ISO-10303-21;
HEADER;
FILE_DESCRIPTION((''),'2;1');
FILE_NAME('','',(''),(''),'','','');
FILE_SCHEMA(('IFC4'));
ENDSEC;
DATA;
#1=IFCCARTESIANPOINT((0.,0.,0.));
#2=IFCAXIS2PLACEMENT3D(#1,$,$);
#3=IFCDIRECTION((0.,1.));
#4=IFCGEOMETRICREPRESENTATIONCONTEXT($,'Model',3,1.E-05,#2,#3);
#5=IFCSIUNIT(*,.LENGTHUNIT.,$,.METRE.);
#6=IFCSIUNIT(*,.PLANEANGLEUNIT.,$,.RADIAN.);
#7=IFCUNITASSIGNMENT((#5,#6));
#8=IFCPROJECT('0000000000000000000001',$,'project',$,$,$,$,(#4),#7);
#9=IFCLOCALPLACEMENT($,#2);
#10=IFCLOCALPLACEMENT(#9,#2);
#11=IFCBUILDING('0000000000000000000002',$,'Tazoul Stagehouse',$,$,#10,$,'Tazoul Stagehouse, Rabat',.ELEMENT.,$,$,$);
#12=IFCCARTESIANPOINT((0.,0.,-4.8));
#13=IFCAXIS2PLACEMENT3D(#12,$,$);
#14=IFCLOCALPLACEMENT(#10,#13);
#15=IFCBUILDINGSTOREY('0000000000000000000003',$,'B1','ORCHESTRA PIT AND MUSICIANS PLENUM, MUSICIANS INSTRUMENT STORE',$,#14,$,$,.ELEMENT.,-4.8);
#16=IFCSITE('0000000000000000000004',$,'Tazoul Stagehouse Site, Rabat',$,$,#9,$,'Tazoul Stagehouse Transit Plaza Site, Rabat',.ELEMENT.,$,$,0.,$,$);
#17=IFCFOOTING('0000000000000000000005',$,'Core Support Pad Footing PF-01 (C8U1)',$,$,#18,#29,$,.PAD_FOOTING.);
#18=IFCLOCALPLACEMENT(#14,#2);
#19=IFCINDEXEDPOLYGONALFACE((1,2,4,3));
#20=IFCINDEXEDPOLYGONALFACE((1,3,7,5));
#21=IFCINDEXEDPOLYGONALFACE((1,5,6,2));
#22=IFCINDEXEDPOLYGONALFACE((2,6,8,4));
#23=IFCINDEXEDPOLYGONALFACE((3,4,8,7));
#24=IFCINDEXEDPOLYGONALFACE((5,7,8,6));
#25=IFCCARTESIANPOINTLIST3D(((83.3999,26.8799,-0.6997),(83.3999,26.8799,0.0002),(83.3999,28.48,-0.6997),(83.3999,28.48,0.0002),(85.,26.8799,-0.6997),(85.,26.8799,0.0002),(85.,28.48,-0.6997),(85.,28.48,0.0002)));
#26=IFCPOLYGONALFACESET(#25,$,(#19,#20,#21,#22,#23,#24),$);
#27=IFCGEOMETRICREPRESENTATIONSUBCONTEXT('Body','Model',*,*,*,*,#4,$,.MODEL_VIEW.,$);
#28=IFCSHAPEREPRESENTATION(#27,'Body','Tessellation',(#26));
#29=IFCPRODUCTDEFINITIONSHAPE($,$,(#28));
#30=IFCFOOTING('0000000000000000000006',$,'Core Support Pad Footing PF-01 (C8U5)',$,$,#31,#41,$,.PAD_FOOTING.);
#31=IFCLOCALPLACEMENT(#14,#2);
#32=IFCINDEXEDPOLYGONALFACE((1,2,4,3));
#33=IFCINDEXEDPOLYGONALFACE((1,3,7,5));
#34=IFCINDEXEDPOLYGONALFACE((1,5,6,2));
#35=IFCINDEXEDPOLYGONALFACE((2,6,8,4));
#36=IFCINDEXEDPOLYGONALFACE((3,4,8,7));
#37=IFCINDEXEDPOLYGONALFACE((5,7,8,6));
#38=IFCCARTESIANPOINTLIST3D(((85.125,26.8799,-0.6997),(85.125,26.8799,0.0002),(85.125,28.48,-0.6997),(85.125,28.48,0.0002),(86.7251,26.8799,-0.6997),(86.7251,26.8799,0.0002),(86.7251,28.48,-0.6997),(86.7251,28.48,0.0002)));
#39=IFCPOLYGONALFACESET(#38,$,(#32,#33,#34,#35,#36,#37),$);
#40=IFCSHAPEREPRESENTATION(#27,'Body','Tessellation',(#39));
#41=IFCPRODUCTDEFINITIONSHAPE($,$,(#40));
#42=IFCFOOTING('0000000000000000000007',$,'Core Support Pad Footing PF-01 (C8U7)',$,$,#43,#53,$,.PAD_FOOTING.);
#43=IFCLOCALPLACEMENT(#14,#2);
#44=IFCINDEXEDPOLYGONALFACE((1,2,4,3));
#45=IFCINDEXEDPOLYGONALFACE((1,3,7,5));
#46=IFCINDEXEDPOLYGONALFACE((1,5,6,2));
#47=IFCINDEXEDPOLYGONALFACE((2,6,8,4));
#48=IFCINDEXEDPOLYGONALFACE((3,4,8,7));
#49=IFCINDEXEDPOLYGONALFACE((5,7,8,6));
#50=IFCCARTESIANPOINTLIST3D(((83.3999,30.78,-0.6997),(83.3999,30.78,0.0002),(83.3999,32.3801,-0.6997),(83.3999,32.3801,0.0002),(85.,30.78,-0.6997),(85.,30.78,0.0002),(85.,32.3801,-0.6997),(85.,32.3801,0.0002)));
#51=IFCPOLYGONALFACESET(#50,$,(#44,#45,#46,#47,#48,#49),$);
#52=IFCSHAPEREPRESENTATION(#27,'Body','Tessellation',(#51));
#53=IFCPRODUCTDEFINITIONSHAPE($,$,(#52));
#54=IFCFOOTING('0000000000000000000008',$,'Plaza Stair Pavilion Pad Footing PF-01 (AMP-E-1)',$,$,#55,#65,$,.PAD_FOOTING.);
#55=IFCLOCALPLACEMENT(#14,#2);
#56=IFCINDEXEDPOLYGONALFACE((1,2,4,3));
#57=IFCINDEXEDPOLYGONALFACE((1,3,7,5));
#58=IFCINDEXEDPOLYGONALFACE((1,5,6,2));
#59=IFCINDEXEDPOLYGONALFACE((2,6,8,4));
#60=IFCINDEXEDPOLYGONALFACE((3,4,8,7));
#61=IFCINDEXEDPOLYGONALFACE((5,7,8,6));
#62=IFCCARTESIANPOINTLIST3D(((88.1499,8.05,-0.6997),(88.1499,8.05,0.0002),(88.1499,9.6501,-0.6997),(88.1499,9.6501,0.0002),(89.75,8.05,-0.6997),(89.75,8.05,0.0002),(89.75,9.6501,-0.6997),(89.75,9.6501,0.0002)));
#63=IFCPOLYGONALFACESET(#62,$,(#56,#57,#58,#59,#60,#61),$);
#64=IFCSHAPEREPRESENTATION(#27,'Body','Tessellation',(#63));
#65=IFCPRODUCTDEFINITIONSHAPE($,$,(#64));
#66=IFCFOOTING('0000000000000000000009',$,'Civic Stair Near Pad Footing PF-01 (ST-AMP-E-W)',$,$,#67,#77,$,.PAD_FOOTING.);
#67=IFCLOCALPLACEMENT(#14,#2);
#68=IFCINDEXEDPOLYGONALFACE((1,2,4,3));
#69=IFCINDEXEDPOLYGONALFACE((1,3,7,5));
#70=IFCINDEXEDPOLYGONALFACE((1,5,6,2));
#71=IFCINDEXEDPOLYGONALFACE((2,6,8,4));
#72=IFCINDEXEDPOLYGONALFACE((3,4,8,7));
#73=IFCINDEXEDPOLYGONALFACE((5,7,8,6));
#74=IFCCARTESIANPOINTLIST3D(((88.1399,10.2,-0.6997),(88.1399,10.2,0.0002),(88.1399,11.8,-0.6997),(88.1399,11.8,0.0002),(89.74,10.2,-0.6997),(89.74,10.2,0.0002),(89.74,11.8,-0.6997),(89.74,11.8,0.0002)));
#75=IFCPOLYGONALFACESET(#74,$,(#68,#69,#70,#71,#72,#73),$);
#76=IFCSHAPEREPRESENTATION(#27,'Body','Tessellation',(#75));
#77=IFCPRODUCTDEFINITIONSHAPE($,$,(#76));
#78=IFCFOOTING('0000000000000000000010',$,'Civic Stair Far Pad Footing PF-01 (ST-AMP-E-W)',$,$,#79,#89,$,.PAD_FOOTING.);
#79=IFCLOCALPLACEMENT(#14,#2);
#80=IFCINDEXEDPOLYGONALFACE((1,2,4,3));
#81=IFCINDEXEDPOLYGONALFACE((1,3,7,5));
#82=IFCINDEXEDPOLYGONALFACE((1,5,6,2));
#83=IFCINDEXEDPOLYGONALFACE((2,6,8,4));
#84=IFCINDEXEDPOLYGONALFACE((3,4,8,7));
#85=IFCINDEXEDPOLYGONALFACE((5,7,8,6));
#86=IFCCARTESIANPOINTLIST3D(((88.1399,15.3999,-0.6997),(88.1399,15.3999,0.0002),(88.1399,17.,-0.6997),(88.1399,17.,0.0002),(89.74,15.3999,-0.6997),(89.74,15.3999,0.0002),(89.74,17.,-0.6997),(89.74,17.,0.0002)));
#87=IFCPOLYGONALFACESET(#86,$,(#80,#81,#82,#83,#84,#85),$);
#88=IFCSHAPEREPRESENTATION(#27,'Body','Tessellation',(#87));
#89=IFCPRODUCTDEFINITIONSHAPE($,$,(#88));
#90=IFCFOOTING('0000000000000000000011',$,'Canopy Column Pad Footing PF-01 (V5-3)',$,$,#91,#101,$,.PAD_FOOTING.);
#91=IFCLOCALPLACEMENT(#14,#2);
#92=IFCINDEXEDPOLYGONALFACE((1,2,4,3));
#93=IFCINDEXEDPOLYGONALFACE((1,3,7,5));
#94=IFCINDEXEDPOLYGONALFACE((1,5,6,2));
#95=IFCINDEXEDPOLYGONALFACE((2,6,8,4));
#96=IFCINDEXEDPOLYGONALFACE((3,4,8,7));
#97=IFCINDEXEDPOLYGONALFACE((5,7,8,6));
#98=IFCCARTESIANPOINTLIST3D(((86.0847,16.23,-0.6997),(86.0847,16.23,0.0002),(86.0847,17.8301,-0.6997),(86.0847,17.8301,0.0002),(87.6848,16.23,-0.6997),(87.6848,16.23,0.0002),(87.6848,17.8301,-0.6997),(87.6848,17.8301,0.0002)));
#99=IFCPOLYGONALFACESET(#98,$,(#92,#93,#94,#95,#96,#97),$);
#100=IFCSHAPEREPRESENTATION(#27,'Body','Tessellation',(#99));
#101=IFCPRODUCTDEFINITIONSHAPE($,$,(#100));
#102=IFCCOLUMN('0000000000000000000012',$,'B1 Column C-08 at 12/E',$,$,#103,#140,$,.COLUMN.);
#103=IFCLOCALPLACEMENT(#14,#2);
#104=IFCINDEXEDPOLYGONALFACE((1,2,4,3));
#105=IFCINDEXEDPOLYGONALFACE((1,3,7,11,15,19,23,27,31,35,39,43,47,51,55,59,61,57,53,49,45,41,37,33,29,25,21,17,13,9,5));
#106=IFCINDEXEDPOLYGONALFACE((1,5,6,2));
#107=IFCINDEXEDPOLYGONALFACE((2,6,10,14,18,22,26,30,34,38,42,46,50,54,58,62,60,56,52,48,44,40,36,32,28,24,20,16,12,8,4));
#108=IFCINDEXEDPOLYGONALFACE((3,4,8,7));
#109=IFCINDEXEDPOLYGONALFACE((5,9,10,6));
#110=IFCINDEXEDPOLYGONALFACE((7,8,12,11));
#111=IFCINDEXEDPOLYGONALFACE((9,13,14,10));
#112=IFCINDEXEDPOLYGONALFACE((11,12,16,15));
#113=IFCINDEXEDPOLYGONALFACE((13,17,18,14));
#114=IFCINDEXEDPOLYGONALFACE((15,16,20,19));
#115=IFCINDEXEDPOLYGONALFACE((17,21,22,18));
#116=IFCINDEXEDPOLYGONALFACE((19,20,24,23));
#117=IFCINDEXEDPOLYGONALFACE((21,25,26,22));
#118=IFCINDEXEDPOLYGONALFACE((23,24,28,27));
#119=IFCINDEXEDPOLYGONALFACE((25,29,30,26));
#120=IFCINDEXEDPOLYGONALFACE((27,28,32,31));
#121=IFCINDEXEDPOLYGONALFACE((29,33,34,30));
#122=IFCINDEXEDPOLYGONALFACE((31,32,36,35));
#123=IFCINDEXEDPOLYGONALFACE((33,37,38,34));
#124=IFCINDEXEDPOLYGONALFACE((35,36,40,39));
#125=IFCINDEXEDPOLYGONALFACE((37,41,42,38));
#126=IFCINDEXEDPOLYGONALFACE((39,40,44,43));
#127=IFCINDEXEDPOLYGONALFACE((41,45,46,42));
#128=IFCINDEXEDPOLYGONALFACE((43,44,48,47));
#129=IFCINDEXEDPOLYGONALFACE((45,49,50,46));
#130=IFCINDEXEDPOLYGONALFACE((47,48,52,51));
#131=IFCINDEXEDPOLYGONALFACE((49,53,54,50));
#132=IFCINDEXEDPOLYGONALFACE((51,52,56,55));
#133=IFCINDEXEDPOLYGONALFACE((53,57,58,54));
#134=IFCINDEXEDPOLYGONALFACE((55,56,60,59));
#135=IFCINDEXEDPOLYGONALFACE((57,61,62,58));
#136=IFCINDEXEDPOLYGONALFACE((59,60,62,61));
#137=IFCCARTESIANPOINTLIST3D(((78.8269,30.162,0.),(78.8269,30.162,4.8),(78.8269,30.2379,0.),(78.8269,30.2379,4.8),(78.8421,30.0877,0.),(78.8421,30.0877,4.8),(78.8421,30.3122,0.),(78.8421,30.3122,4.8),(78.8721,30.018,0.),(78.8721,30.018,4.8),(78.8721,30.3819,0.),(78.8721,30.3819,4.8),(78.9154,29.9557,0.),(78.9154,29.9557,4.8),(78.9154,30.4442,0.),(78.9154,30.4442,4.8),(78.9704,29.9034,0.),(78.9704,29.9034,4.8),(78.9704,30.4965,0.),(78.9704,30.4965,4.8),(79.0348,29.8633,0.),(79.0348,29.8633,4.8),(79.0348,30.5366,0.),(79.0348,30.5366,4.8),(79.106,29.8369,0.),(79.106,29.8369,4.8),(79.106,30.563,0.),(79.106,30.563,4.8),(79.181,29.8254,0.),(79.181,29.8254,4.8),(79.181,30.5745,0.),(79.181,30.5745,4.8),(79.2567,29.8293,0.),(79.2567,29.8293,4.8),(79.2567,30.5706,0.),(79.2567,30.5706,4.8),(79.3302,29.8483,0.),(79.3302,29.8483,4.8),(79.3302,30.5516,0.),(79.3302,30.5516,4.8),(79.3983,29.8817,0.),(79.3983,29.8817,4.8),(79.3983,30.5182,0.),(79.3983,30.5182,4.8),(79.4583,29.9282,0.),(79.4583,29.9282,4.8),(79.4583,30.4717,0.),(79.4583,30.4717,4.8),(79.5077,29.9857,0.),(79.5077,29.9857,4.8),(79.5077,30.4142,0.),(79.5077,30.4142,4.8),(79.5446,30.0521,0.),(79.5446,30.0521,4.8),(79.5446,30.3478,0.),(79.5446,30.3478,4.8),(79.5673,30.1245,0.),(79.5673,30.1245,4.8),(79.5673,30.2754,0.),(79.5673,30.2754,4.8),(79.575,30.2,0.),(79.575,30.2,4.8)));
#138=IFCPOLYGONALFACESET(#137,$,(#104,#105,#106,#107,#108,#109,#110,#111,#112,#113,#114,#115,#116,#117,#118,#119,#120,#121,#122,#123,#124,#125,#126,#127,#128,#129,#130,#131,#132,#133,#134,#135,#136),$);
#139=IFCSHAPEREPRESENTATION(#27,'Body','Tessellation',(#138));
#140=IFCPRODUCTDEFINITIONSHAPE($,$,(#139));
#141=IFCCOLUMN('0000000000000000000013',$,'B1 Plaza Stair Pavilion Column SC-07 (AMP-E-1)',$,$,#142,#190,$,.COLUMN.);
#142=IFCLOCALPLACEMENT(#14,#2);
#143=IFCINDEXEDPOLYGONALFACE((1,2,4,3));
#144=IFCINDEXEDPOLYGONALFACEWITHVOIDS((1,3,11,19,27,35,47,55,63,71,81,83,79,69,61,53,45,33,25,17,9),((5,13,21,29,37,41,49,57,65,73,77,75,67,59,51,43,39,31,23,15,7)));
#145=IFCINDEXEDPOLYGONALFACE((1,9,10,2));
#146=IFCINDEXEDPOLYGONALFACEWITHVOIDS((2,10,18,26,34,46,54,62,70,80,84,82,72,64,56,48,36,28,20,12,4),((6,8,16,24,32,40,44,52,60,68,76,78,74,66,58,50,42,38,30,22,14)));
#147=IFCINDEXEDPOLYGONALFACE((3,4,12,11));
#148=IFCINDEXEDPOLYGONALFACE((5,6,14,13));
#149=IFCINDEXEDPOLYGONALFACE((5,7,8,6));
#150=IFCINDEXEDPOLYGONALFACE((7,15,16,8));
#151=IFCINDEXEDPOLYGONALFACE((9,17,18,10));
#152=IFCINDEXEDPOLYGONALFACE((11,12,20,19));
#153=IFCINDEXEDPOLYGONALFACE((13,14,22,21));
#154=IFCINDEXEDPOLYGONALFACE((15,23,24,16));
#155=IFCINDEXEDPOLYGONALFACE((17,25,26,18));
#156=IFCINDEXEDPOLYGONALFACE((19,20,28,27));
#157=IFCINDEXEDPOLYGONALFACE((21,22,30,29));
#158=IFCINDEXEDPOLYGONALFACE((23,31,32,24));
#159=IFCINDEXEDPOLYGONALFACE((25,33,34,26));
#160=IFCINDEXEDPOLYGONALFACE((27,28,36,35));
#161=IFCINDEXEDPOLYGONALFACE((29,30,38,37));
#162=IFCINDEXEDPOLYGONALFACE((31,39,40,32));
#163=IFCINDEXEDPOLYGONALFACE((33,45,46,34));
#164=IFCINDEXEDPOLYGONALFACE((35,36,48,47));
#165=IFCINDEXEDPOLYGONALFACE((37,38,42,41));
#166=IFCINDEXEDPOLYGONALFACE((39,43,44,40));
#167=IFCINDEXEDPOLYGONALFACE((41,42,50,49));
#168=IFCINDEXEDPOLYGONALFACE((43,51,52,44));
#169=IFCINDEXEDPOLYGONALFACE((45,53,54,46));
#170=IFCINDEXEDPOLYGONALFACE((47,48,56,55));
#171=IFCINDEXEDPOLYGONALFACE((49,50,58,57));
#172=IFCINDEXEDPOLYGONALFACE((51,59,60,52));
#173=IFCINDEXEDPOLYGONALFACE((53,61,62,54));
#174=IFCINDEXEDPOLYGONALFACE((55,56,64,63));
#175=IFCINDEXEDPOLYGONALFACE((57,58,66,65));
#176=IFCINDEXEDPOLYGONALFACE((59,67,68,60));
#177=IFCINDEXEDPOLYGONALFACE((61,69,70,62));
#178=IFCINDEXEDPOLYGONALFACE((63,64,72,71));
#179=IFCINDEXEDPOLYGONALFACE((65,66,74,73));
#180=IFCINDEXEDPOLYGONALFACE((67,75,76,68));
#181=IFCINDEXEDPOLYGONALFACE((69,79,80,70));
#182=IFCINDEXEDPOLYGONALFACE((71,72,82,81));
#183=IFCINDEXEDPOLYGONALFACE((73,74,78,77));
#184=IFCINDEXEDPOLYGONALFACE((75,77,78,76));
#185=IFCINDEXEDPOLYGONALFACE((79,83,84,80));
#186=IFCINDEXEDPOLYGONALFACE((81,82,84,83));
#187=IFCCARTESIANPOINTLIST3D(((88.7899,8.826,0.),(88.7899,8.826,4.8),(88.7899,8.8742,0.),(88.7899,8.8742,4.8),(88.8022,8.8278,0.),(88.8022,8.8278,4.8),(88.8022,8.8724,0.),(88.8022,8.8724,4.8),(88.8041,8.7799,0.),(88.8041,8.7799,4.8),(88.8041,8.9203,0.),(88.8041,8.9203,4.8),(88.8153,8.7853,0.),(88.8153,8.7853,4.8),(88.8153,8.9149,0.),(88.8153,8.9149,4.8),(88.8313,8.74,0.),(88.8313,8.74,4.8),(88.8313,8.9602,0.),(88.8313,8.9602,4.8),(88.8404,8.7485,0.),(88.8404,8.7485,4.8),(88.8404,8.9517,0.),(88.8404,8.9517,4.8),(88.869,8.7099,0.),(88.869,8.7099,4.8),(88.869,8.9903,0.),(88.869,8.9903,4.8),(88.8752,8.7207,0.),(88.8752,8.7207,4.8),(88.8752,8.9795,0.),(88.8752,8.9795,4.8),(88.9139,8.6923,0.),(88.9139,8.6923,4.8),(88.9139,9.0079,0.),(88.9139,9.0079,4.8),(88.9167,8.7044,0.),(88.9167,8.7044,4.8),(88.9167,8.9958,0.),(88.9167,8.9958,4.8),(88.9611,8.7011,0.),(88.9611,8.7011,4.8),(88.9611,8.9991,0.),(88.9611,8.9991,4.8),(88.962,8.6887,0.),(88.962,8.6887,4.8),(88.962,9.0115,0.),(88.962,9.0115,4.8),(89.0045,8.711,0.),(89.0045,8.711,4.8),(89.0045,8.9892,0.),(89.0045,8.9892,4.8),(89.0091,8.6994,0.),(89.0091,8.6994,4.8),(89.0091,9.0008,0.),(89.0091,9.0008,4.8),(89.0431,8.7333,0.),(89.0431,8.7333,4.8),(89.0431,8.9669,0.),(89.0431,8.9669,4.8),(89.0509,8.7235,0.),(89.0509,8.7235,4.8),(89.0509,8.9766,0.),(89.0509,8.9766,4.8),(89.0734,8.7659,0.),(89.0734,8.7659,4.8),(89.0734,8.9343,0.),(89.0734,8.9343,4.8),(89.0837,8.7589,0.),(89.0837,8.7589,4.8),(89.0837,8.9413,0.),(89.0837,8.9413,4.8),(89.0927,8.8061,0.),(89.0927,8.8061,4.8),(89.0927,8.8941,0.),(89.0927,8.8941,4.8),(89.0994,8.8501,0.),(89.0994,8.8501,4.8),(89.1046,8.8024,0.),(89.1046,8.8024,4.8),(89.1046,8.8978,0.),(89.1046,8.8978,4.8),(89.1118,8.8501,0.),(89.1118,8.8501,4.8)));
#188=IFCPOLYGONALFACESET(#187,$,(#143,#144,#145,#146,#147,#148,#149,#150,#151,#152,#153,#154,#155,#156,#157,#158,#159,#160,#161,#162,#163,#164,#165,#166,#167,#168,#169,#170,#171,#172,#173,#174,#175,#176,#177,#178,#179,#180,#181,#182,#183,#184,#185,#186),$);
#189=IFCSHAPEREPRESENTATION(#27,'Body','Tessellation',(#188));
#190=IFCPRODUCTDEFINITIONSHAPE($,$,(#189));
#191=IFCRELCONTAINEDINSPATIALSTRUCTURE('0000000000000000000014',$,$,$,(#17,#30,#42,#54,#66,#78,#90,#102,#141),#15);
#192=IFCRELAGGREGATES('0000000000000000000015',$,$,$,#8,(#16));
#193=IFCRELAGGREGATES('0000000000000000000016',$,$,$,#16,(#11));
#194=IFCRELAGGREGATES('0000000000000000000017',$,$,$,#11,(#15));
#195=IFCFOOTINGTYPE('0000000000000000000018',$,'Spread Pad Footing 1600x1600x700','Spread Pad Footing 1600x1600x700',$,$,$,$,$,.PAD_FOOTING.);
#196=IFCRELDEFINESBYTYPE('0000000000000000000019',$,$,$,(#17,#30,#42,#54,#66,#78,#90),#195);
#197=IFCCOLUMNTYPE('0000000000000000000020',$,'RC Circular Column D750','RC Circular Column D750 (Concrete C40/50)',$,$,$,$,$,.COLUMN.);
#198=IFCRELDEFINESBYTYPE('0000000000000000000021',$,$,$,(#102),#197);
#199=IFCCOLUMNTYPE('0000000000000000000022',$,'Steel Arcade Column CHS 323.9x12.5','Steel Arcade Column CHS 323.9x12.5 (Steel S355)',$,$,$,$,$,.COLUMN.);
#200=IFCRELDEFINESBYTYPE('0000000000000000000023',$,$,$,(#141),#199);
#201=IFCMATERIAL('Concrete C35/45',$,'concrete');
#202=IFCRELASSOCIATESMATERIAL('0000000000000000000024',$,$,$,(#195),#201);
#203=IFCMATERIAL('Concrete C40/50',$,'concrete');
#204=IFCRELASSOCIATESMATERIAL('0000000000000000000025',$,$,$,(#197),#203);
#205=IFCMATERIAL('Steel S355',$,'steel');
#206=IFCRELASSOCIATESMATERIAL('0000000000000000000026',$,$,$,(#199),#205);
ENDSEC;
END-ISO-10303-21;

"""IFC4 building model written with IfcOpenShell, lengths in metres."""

from ifc_helpers import new_model, si_unit, direction, frame, origin, origin_2d, place, context, subcontext, project, spatial, rectangle, circle, hollow_circle, extrude, material, material_profile, profile_set, type_object, element, save


model = new_model("IFC4")

# Units and contexts
model_context = context("Model", 3, precision=1e-05, world=origin(), true_north=direction((0.0, 1.0)))
body_context = subcontext(model_context, "Body", "Model", "MODEL_VIEW")
ifc_project = project(units=[si_unit("LENGTHUNIT", "METRE"), si_unit("PLANEANGLEUNIT", "RADIAN")], contexts=[model_context])

# Site, building, storey
site_placement = place(None, origin())
site = spatial("IfcSite", under=ifc_project, at=site_placement, Name="Tazoul Stagehouse Site, Rabat", LongName="Tazoul Stagehouse Transit Plaza Site, Rabat", CompositionType="ELEMENT", RefElevation=0.0)
building_placement = place(site_placement, origin())
building = spatial("IfcBuilding", under=site, at=building_placement, Name="Tazoul Stagehouse", LongName="Tazoul Stagehouse, Rabat", CompositionType="ELEMENT")
storey_placement = place(building_placement, frame((0.0, 0.0, -4.8)))
storey = spatial("IfcBuildingStorey", under=building, at=storey_placement, Name="B1", Description="ORCHESTRA PIT AND MUSICIANS PLENUM, MUSICIANS INSTRUMENT STORE", CompositionType="ELEMENT", Elevation=-4.8)

# Shared definitions
ifc_material_1 = material(Name="Concrete C35/45", Category="concrete")

# Footings
footing_type_1 = type_object("IfcFootingType", Name="Spread Pad Footing 1600x1600x700", Description="Spread Pad Footing 1600x1600x700", PredefinedType="PAD_FOOTING", material=ifc_material_1)
for number, where, z_axis, x_axis, name in (
    (1, (84.2, 27.6799, -0.6997), (0.0, 0.0, 1.0), (1.0, 0.0, 0.0), "Core Support Pad Footing PF-01 (C8U1)"),
    (2, (85.925, 27.6799, -0.6997), (0.0, 0.0, 1.0), (1.0, 0.0, 0.0), "Core Support Pad Footing PF-01 (C8U5)"),
    (3, (84.2, 31.5801, -0.6997), (0.0, 0.0, 1.0), (1.0, 0.0, 0.0), "Core Support Pad Footing PF-01 (C8U7)"),
    (4, (88.95, 8.8501, -0.6997), (0.0, 0.0, 1.0), (1.0, 0.0, 0.0), "Plaza Stair Pavilion Pad Footing PF-01 (AMP-E-1)"),
    (5, (88.9399, 11.0, -0.6997), (0.0, 0.0, 1.0), (1.0, 0.0, 0.0), "Civic Stair Near Pad Footing PF-01 (ST-AMP-E-W)"),
    (6, (88.9399, 16.2, -0.6997), (0.0, 0.0, 1.0), (1.0, 0.0, 0.0), "Civic Stair Far Pad Footing PF-01 (ST-AMP-E-W)"),
    (7, (86.8848, 17.03, -0.6997), (0.0, 0.0, 1.0), (1.0, 0.0, 0.0), "Canopy Column Pad Footing PF-01 (V5-3)"),
):
    element("IfcFooting", number, at=place(storey_placement, frame(where, z_axis=z_axis, x_axis=x_axis)), inside=storey, type_object=footing_type_1, Name=name, PredefinedType="PAD_FOOTING", context=body_context, shape_type="SweptSolid", body=[
        extrude(rectangle(XDim=1.6001, YDim=1.6001, at=origin_2d()), origin(), (0.0, 0.0, 1.0), 0.7),
    ])

# Columns
ifc_material_2 = material(Name="Concrete C40/50", Category="concrete")
ifc_material_profile_1 = material_profile(ifc_material_2, circle(Radius=0.375, at=origin_2d()), Name="RC D750")
ifc_profile_set_1 = profile_set([ifc_material_profile_1], Name="Concrete C40/50")
column_type_1 = type_object("IfcColumnType", Name="RC Circular Column D750", Description="RC Circular Column D750 (Concrete C40/50)", PredefinedType="COLUMN", material=ifc_profile_set_1)
column_placement = place(storey_placement, frame((79.2, 30.2, 0.0), z_axis=(0.0, 0.0, 1.0), x_axis=(1.0, 0.0, 0.0)))
element("IfcColumn", 8, at=column_placement, inside=storey, type_object=column_type_1, Name="B1 Column C-08 at 12/E", PredefinedType="COLUMN", context=body_context, shape_type="SweptSolid", body=[
    extrude(circle(Radius=0.375, at=origin_2d()), origin(), (0.0, 0.0, 1.0), 4.8),
])
ifc_material_3 = material(Name="Steel S355", Category="steel")
ifc_material_profile_2 = material_profile(ifc_material_3, hollow_circle(Radius=0.1619, WallThickness=0.0125, at=origin_2d()), Name="CHS 323.9x12.5")
ifc_profile_set_2 = profile_set([ifc_material_profile_2], Name="Steel S355")
column_type_2 = type_object("IfcColumnType", Name="Steel Arcade Column CHS 323.9x12.5", Description="Steel Arcade Column CHS 323.9x12.5 (Steel S355)", PredefinedType="COLUMN", material=ifc_profile_set_2)
for number, where, z_axis, x_axis, name in (
    (9, (88.95, 8.8501, 0.0), (0.0, 0.0, 1.0), (1.0, 0.0, 0.0), "B1 Plaza Stair Pavilion Column SC-07 (AMP-E-1)"),
):
    element("IfcColumn", number, at=place(storey_placement, frame(where, z_axis=z_axis, x_axis=x_axis)), inside=storey, type_object=column_type_2, Name=name, PredefinedType="COLUMN", context=body_context, shape_type="SweptSolid", body=[
        extrude(hollow_circle(Radius=0.1619, WallThickness=0.0125, at=origin_2d()), origin(), (0.0, 0.0, 1.0), 4.8),
    ])

save(model, "model.ifc")
